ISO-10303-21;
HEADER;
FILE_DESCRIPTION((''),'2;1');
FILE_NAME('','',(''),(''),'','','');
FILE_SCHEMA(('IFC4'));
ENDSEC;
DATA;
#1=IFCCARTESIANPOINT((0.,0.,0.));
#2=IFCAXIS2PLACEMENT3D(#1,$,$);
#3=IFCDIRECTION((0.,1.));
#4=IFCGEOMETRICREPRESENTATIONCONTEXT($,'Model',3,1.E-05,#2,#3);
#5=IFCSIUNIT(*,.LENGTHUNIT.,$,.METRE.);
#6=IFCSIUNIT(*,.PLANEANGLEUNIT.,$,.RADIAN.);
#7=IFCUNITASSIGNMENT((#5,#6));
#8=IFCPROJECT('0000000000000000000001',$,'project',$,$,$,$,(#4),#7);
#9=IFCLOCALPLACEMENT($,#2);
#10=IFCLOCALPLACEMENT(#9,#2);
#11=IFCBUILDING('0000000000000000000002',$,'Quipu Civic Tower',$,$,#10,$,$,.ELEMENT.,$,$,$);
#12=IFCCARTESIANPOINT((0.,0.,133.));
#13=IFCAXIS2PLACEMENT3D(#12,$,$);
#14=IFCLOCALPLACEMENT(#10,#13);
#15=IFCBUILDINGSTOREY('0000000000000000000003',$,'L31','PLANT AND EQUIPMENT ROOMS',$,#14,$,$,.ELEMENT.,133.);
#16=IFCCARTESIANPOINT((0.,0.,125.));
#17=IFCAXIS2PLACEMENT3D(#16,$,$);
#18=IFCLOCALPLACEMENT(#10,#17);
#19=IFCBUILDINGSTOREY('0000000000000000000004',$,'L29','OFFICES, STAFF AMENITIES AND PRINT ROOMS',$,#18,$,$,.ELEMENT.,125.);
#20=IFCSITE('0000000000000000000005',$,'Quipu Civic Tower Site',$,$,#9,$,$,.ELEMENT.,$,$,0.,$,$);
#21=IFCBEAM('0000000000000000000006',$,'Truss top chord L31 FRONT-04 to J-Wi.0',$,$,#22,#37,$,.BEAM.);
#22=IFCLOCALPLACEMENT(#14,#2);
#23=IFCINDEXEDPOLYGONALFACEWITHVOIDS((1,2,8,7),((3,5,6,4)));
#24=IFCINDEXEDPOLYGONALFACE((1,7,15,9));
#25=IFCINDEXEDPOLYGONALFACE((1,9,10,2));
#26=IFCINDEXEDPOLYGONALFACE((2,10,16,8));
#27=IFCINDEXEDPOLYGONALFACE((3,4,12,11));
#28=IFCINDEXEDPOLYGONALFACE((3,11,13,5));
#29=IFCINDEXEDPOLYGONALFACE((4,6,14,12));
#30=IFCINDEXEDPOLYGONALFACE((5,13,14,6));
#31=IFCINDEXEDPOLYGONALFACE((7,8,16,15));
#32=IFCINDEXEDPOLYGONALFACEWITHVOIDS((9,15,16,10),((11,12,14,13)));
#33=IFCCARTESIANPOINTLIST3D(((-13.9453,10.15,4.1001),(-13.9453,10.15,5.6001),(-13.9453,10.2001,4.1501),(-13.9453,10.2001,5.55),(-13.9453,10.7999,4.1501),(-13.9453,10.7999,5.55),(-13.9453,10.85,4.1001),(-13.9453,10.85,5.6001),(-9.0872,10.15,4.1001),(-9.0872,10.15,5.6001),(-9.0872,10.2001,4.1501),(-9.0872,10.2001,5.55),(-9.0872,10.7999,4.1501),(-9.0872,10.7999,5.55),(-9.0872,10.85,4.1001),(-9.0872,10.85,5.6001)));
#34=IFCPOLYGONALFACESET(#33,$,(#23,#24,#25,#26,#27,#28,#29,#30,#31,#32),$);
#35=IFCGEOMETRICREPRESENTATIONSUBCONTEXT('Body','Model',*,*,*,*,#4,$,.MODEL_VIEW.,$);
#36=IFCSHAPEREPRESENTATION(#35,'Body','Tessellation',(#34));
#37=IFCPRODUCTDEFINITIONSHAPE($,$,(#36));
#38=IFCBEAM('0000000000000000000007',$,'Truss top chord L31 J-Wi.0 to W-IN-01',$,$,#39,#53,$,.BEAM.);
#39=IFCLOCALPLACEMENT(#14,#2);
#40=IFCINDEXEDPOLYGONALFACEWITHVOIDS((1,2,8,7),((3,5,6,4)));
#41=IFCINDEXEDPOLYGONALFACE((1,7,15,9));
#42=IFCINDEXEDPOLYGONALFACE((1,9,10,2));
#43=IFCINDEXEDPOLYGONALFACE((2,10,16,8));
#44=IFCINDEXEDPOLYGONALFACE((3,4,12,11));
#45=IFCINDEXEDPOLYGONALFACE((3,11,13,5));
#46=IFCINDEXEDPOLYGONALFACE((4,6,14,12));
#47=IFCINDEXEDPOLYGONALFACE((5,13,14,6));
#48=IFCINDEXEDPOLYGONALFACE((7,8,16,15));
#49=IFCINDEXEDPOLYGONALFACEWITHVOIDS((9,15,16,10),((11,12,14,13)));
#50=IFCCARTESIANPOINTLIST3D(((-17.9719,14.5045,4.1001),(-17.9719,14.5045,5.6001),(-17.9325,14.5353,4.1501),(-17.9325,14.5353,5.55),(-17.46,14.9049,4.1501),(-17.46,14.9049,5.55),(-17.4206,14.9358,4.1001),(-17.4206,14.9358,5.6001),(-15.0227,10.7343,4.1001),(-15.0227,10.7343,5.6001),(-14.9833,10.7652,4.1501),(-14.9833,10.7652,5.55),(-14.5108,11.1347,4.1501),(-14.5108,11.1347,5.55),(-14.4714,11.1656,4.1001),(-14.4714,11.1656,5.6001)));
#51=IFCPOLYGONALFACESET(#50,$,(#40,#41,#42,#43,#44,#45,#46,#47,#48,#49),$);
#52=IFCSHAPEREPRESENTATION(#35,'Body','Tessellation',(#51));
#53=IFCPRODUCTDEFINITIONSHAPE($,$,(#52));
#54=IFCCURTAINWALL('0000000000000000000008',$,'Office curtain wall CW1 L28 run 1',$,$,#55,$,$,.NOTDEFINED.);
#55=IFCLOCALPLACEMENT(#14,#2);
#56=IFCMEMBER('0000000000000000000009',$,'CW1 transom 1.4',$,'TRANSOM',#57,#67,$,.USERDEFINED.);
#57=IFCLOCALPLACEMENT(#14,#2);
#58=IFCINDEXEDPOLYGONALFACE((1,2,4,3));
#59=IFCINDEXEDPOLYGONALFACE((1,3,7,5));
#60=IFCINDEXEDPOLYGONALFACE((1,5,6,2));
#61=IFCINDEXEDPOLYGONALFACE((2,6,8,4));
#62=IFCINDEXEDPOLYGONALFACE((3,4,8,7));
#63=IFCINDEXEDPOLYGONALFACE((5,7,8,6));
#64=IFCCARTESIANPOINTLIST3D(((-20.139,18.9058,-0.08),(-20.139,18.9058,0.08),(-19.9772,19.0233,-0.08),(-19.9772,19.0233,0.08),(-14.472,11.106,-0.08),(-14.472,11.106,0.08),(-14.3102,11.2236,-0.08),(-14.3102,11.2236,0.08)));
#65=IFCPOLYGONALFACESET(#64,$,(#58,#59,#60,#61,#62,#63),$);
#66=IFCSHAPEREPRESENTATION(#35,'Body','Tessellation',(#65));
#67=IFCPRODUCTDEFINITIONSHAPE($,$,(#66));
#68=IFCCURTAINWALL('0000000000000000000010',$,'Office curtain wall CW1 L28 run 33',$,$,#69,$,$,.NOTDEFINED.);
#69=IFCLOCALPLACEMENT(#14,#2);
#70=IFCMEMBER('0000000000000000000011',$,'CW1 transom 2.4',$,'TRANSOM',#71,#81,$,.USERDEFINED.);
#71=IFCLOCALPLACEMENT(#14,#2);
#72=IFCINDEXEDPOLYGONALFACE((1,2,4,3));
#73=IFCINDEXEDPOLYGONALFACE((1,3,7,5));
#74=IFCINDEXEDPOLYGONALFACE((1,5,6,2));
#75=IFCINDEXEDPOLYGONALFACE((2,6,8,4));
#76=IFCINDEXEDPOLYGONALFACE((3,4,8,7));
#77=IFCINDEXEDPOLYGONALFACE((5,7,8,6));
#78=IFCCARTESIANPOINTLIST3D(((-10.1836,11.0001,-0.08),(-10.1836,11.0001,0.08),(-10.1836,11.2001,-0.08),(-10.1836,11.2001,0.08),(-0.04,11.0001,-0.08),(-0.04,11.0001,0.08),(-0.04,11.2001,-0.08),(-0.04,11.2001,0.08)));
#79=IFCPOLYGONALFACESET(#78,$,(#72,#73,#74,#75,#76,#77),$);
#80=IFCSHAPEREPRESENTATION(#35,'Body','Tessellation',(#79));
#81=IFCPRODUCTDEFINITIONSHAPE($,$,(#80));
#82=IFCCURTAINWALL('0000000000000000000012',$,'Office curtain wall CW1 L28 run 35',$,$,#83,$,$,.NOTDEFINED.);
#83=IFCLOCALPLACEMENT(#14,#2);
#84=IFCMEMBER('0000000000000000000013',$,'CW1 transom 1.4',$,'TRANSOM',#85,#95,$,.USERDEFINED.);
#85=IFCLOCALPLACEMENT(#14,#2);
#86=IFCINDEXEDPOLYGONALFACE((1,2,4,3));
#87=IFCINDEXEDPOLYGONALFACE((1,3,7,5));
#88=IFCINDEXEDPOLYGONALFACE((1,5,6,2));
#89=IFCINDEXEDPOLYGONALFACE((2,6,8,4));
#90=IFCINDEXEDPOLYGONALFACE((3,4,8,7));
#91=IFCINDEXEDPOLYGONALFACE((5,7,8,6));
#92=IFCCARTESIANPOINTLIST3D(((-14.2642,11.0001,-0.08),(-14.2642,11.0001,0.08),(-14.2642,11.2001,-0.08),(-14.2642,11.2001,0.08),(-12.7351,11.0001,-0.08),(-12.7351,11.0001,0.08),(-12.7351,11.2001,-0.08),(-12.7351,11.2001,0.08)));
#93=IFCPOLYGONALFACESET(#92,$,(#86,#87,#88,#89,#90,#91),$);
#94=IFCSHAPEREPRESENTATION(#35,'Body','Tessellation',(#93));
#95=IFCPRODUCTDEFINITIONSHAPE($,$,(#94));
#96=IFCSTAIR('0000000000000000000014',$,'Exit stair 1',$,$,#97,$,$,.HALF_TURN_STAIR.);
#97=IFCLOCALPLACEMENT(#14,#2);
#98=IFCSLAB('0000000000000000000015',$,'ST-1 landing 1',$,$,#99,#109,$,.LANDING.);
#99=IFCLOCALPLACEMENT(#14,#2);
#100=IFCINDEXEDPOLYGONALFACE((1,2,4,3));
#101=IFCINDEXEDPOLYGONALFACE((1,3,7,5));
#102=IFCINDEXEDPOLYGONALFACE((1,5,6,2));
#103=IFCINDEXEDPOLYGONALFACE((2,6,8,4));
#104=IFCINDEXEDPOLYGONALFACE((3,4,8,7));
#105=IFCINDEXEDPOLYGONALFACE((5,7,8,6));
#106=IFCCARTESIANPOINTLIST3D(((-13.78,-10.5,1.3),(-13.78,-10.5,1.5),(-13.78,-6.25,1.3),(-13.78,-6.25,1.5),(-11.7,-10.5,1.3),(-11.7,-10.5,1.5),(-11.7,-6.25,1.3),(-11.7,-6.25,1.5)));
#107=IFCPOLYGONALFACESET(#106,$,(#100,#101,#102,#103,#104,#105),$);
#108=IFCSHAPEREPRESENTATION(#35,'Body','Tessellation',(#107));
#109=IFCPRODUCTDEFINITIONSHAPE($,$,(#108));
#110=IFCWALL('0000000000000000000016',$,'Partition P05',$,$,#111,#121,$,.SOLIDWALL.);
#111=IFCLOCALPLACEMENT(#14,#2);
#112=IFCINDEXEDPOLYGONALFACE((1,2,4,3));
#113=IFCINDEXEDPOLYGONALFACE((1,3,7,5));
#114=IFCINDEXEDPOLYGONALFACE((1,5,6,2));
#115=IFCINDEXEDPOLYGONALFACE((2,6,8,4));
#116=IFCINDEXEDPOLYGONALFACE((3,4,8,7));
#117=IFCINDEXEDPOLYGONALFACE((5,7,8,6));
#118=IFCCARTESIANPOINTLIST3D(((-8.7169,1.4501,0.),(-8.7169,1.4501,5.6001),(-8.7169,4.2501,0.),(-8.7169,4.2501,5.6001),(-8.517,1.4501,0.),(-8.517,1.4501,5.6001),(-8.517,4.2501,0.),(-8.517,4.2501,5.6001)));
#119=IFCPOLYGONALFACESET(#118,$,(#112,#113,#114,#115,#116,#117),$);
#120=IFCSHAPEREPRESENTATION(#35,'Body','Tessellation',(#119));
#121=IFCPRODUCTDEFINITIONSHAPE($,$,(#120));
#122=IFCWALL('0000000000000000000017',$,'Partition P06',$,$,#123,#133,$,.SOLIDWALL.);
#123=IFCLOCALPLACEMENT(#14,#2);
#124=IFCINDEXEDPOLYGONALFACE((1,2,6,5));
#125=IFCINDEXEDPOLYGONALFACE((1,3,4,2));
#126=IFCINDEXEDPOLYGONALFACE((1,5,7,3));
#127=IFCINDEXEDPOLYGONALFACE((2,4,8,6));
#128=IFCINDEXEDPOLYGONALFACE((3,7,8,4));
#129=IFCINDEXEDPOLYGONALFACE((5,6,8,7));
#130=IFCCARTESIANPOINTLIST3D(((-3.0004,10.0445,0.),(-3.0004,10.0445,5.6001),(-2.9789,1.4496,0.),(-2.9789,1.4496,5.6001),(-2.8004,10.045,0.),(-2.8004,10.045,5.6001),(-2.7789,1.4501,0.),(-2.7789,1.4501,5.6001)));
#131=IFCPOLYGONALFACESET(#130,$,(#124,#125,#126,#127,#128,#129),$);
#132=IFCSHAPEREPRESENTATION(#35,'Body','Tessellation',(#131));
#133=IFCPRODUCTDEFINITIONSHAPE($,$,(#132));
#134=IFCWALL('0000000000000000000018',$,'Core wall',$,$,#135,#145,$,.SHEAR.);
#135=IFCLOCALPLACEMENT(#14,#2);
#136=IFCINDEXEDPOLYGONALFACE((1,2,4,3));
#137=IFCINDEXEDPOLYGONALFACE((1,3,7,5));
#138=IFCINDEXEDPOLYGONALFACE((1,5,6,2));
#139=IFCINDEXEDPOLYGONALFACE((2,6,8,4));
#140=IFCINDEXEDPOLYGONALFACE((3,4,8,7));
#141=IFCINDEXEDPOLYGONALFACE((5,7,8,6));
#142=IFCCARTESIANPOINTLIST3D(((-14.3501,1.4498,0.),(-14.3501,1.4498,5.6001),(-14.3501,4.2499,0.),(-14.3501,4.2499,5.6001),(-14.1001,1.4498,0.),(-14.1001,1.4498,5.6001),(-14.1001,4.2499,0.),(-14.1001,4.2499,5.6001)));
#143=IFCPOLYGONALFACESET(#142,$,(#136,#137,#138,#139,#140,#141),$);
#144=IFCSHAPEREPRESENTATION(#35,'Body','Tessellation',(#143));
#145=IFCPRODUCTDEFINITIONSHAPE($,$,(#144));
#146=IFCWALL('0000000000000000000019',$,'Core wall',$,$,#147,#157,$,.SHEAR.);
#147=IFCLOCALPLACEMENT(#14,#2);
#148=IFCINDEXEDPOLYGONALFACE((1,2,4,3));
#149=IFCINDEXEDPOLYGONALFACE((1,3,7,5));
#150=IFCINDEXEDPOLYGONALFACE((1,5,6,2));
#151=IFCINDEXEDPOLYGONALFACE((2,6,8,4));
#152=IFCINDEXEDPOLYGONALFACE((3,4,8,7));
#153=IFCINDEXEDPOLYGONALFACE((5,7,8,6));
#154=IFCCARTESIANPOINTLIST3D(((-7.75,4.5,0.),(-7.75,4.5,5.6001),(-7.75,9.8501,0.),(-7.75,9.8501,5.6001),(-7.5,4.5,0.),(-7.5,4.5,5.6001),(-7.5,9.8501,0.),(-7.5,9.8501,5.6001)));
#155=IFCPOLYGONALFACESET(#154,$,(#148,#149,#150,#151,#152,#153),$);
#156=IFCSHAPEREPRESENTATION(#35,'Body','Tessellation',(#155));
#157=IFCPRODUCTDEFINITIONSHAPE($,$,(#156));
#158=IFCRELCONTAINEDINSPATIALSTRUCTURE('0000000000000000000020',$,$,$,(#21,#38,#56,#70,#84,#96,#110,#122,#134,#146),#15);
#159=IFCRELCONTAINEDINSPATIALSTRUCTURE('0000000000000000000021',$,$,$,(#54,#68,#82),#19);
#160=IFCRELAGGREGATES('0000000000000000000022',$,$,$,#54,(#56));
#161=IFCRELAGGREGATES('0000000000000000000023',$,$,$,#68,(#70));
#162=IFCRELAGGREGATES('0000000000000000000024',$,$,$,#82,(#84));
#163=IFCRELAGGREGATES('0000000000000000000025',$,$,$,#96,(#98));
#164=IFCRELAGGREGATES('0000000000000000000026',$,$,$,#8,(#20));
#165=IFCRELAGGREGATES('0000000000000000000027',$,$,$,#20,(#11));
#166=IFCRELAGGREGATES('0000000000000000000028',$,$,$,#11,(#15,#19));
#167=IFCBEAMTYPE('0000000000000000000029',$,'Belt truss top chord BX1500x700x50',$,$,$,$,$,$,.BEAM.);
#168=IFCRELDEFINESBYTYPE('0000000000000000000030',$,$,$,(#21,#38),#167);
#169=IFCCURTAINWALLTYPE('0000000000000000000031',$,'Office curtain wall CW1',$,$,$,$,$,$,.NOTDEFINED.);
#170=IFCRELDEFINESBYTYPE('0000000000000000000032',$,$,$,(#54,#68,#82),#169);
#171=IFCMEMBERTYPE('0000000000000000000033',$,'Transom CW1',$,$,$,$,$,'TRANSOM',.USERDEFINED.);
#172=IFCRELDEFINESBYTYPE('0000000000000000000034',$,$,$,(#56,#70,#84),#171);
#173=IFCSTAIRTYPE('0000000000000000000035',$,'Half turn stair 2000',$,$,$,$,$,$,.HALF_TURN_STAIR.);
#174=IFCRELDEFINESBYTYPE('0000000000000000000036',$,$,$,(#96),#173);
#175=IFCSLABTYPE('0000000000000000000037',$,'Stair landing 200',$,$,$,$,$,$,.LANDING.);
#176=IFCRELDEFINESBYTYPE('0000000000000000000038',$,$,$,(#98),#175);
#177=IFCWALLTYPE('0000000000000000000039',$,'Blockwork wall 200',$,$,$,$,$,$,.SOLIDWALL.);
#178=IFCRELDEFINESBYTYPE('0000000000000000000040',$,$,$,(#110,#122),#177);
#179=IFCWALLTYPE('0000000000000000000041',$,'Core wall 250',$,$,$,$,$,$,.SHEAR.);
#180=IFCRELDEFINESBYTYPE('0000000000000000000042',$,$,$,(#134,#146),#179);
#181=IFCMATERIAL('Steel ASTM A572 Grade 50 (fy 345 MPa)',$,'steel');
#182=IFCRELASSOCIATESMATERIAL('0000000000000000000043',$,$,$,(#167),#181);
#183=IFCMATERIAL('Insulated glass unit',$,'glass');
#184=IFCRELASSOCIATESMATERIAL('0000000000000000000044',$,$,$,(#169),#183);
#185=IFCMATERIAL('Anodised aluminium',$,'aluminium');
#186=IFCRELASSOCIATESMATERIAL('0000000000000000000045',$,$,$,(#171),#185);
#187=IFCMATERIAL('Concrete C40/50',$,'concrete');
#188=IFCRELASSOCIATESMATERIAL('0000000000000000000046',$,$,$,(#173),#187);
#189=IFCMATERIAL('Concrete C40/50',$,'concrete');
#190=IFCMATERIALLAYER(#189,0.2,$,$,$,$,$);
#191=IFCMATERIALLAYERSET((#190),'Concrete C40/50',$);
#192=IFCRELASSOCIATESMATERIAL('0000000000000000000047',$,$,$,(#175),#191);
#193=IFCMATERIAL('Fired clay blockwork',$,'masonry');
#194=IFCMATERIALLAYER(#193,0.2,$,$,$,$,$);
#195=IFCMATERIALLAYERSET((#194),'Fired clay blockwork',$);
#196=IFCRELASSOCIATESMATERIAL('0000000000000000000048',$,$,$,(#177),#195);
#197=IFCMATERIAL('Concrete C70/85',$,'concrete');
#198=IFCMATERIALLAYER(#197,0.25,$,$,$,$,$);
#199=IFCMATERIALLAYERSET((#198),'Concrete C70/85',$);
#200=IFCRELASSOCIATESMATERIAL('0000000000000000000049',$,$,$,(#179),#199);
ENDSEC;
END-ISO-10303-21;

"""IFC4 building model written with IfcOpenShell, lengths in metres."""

from ifc_helpers import new_model, si_unit, direction, frame, frame_2d, origin, origin_2d, place, context, subcontext, project, spatial, polyline, rectangle, hollow_rectangle, outline, extrude, material, layer, layer_set, material_profile, profile_set, type_object, element, aggregate, save


model = new_model("IFC4")

# Units and contexts
model_context = context("Model", 3, precision=1e-05, world=origin(), true_north=direction((0.0, 1.0)))
body_context = subcontext(model_context, "Body", "Model", "MODEL_VIEW")
ifc_project = project(units=[si_unit("LENGTHUNIT", "METRE"), si_unit("PLANEANGLEUNIT", "RADIAN")], contexts=[model_context])

# Site, building, storey
site_placement = place(None, origin())
site = spatial("IfcSite", under=ifc_project, at=site_placement, Name="Quipu Civic Tower Site", CompositionType="ELEMENT", RefElevation=0.0)
building_placement = place(site_placement, origin())
building = spatial("IfcBuilding", under=site, at=building_placement, Name="Quipu Civic Tower", CompositionType="ELEMENT")
storey_1_placement = place(building_placement, frame((0.0, 0.0, 133.0)))
storey_1 = spatial("IfcBuildingStorey", under=building, at=storey_1_placement, Name="L31", Description="PLANT AND EQUIPMENT ROOMS", CompositionType="ELEMENT", Elevation=133.0)

# Beams
ifc_material_1 = material(Name="Steel ASTM A572 Grade 50 (fy 345 MPa)", Category="steel")
ifc_material_profile_1 = material_profile(ifc_material_1, hollow_rectangle(XDim=0.7, YDim=1.5, WallThickness=0.05, at=origin_2d()), Name="BX1500x700x50")
ifc_profile_set_1 = profile_set([ifc_material_profile_1], Name="Steel ASTM A572 Grade 50 (fy 345 MPa)")
beam_type_1 = type_object("IfcBeamType", Name="Belt truss top chord BX1500x700x50", PredefinedType="BEAM", material=ifc_profile_set_1)
beam_1_placement = place(storey_1_placement, frame((-9.0872, 10.5, 4.8501), z_axis=(-1.0, 0.0, 0.0), x_axis=(0.0, -1.0, 0.0)))
element("IfcBeam", 1, at=beam_1_placement, inside=storey_1, type_object=beam_type_1, Name="Truss top chord L31 FRONT-04 to J-Wi.0", PredefinedType="BEAM", context=body_context, shape_type="SweptSolid", body=[
    extrude(hollow_rectangle(XDim=0.7, YDim=1.5, WallThickness=0.05, at=origin_2d()), origin(), (0.0, 0.0, 1.0), 4.8582),
])
beam_2_placement = place(storey_1_placement, frame((-14.7471, 10.95, 4.8501), z_axis=(-0.616124, 0.787649, 0.0), x_axis=(-0.787649, -0.616124, 0.0)))
element("IfcBeam", 2, at=beam_2_placement, inside=storey_1, type_object=beam_type_1, Name="Truss top chord L31 J-Wi.0 to W-IN-01", PredefinedType="BEAM", context=body_context, shape_type="SweptSolid", body=[
    extrude(hollow_rectangle(XDim=0.7, YDim=1.5, WallThickness=0.05, at=origin_2d()), origin(), (0.0, 0.0, 1.0), 4.7866),
])

# Shared definitions
storey_2_placement = place(building_placement, frame((0.0, 0.0, 125.0)))
storey_2 = spatial("IfcBuildingStorey", under=building, at=storey_2_placement, Name="L29", Description="OFFICES, STAFF AMENITIES AND PRINT ROOMS", CompositionType="ELEMENT", Elevation=125.0)

# Curtain walls, members
ifc_material_2 = material(Name="Insulated glass unit", Category="glass")
curtain_wall_type = type_object("IfcCurtainWallType", Name="Office curtain wall CW1", PredefinedType="NOTDEFINED", material=ifc_material_2)
curtain_wall_1_placement = place(storey_2_placement, origin())
curtain_wall_1 = element("IfcCurtainWall", 3, at=curtain_wall_1_placement, inside=storey_2, type_object=curtain_wall_type, Name="Office curtain wall CW1 L28 run 1", PredefinedType="NOTDEFINED")
ifc_material_3 = material(Name="Anodised aluminium", Category="aluminium")
ifc_material_profile_2 = material_profile(ifc_material_3, rectangle(XDim=0.2, YDim=0.1599, at=origin_2d()), Name="RECT 200x160")
ifc_profile_set_2 = profile_set([ifc_material_profile_2], Name="Anodised aluminium")
member_type_1 = type_object("IfcMemberType", Name="Transom CW1", ElementType="TRANSOM", PredefinedType="USERDEFINED", material=ifc_profile_set_2)
member_1_placement = place(storey_1_placement, frame((-14.3911, 11.1648, 0.0), z_axis=(-0.587792, 0.809012, 0.0), x_axis=(-0.809012, -0.587792, 0.0)))
member_1 = element("IfcMember", 4, at=member_1_placement, inside=storey_1, type_object=member_type_1, Name="CW1 transom 1.4", ObjectType="TRANSOM", PredefinedType="USERDEFINED", context=body_context, shape_type="SweptSolid", body=[
    extrude(rectangle(XDim=0.2, YDim=0.1599, at=origin_2d()), origin(), (0.0, 0.0, 1.0), 9.6411),
])
aggregate(curtain_wall_1, [member_1])
curtain_wall_2_placement = place(storey_2_placement, origin())
curtain_wall_2 = element("IfcCurtainWall", 5, at=curtain_wall_2_placement, inside=storey_2, type_object=curtain_wall_type, Name="Office curtain wall CW1 L28 run 33", PredefinedType="NOTDEFINED")
member_2_placement = place(storey_1_placement, frame((-0.04, 11.1001, 0.0), z_axis=(-1.0, 0.0, 0.0), x_axis=(0.0, -1.0, 0.0)))
member_2 = element("IfcMember", 6, at=member_2_placement, inside=storey_1, type_object=member_type_1, Name="CW1 transom 2.4", ObjectType="TRANSOM", PredefinedType="USERDEFINED", context=body_context, shape_type="SweptSolid", body=[
    extrude(rectangle(XDim=0.2, YDim=0.1599, at=origin_2d()), origin(), (0.0, 0.0, 1.0), 10.1436),
])
aggregate(curtain_wall_2, [member_2])
curtain_wall_3_placement = place(storey_2_placement, origin())
curtain_wall_3 = element("IfcCurtainWall", 7, at=curtain_wall_3_placement, inside=storey_2, type_object=curtain_wall_type, Name="Office curtain wall CW1 L28 run 35", PredefinedType="NOTDEFINED")
member_3_placement = place(storey_1_placement, frame((-12.7351, 11.1001, 0.0), z_axis=(-1.0, 0.0, 0.0), x_axis=(0.0, -1.0, 0.0)))
member_3 = element("IfcMember", 8, at=member_3_placement, inside=storey_1, type_object=member_type_1, Name="CW1 transom 1.4", ObjectType="TRANSOM", PredefinedType="USERDEFINED", context=body_context, shape_type="SweptSolid", body=[
    extrude(rectangle(XDim=0.2, YDim=0.1599, at=origin_2d()), origin(), (0.0, 0.0, 1.0), 1.5291),
])
aggregate(curtain_wall_3, [member_3])

# Stair, slab
ifc_material_4 = material(Name="Concrete C40/50", Category="concrete")
stair_type_1 = type_object("IfcStairType", Name="Half turn stair 2000", PredefinedType="HALF_TURN_STAIR", material=ifc_material_4)
stair_1_placement = place(storey_1_placement, origin())
stair_1 = element("IfcStair", 9, at=stair_1_placement, inside=storey_1, type_object=stair_type_1, Name="Exit stair 1", PredefinedType="HALF_TURN_STAIR")
ifc_material_5 = material(Name="Concrete C40/50", Category="concrete")
ifc_layer_1 = layer(ifc_material_5, 0.2)
ifc_layer_set_1 = layer_set([ifc_layer_1], Name="Concrete C40/50")
slab_type = type_object("IfcSlabType", Name="Stair landing 200", PredefinedType="LANDING", material=ifc_layer_set_1)
slab_placement = place(storey_1_placement, frame((0.0, 0.0, 1.3)))
slab = element("IfcSlab", 10, at=slab_placement, type_object=slab_type, Name="ST-1 landing 1", PredefinedType="LANDING", context=body_context, shape_type="SweptSolid", body=[
    extrude(outline(polyline([(-13.78, -10.5), (-11.7, -10.5), (-11.7, -6.25), (-13.78, -6.25), (-13.78, -10.5)])), origin(), (0.0, 0.0, 1.0), 0.2),
])
aggregate(stair_1, [slab])

# Walls
ifc_material_6 = material(Name="Fired clay blockwork", Category="masonry")
ifc_layer_2 = layer(ifc_material_6, 0.2)
ifc_layer_set_2 = layer_set([ifc_layer_2], Name="Fired clay blockwork")
wall_type_1 = type_object("IfcWallType", Name="Blockwork wall 200", PredefinedType="SOLIDWALL", material=ifc_layer_set_2)
wall_1_placement = place(storey_1_placement, frame((-8.6169, 4.25, 0.0), z_axis=(0.0, 0.0, 1.0), x_axis=(0.0, -1.0, 0.0)))
element("IfcWall", 11, at=wall_1_placement, inside=storey_1, type_object=wall_type_1, Name="Partition P05", PredefinedType="SOLIDWALL", context=body_context, shape_type="SweptSolid", body=[
    extrude(rectangle(XDim=2.8, YDim=0.2, at=frame_2d((1.3999, 0.0))), origin(), (0.0, 0.0, 1.0), 5.6001),
])
wall_2_placement = place(storey_1_placement, frame((-2.8789, 1.45, 0.0), z_axis=(0.0, 0.0, 1.0), x_axis=(-0.0025, 0.999997, 0.0)))
element("IfcWall", 12, at=wall_2_placement, inside=storey_1, type_object=wall_type_1, Name="Partition P06", PredefinedType="SOLIDWALL", context=body_context, shape_type="SweptSolid", body=[
    extrude(rectangle(XDim=8.595, YDim=0.2, at=frame_2d((4.2974, 0.0))), origin(), (0.0, 0.0, 1.0), 5.6001),
])
ifc_material_7 = material(Name="Concrete C70/85", Category="concrete")
ifc_layer_3 = layer(ifc_material_7, 0.25)
ifc_layer_set_3 = layer_set([ifc_layer_3], Name="Concrete C70/85")
wall_type_2 = type_object("IfcWallType", Name="Core wall 250", PredefinedType="SHEAR", material=ifc_layer_set_3)
wall_3_placement = place(storey_1_placement, frame((-14.2251, 1.45, 0.0), z_axis=(0.0, 0.0, 1.0), x_axis=(0.0, 1.0, 0.0)))
element("IfcWall", 13, at=wall_3_placement, inside=storey_1, type_object=wall_type_2, Name="Core wall", PredefinedType="SHEAR", context=body_context, shape_type="SweptSolid", body=[
    extrude(rectangle(XDim=2.8, YDim=0.25, at=frame_2d((1.3999, 0.0))), origin(), (0.0, 0.0, 1.0), 5.6001),
])
wall_4_placement = place(storey_1_placement, frame((-7.625, 4.5, 0.0), z_axis=(0.0, 0.0, 1.0), x_axis=(0.0, 1.0, 0.0)))
element("IfcWall", 14, at=wall_4_placement, inside=storey_1, type_object=wall_type_2, Name="Core wall", PredefinedType="SHEAR", context=body_context, shape_type="SweptSolid", body=[
    extrude(rectangle(XDim=5.3501, YDim=0.25, at=frame_2d((2.675, 0.0))), origin(), (0.0, 0.0, 1.0), 5.6001),
])

save(model, "model.ifc")
